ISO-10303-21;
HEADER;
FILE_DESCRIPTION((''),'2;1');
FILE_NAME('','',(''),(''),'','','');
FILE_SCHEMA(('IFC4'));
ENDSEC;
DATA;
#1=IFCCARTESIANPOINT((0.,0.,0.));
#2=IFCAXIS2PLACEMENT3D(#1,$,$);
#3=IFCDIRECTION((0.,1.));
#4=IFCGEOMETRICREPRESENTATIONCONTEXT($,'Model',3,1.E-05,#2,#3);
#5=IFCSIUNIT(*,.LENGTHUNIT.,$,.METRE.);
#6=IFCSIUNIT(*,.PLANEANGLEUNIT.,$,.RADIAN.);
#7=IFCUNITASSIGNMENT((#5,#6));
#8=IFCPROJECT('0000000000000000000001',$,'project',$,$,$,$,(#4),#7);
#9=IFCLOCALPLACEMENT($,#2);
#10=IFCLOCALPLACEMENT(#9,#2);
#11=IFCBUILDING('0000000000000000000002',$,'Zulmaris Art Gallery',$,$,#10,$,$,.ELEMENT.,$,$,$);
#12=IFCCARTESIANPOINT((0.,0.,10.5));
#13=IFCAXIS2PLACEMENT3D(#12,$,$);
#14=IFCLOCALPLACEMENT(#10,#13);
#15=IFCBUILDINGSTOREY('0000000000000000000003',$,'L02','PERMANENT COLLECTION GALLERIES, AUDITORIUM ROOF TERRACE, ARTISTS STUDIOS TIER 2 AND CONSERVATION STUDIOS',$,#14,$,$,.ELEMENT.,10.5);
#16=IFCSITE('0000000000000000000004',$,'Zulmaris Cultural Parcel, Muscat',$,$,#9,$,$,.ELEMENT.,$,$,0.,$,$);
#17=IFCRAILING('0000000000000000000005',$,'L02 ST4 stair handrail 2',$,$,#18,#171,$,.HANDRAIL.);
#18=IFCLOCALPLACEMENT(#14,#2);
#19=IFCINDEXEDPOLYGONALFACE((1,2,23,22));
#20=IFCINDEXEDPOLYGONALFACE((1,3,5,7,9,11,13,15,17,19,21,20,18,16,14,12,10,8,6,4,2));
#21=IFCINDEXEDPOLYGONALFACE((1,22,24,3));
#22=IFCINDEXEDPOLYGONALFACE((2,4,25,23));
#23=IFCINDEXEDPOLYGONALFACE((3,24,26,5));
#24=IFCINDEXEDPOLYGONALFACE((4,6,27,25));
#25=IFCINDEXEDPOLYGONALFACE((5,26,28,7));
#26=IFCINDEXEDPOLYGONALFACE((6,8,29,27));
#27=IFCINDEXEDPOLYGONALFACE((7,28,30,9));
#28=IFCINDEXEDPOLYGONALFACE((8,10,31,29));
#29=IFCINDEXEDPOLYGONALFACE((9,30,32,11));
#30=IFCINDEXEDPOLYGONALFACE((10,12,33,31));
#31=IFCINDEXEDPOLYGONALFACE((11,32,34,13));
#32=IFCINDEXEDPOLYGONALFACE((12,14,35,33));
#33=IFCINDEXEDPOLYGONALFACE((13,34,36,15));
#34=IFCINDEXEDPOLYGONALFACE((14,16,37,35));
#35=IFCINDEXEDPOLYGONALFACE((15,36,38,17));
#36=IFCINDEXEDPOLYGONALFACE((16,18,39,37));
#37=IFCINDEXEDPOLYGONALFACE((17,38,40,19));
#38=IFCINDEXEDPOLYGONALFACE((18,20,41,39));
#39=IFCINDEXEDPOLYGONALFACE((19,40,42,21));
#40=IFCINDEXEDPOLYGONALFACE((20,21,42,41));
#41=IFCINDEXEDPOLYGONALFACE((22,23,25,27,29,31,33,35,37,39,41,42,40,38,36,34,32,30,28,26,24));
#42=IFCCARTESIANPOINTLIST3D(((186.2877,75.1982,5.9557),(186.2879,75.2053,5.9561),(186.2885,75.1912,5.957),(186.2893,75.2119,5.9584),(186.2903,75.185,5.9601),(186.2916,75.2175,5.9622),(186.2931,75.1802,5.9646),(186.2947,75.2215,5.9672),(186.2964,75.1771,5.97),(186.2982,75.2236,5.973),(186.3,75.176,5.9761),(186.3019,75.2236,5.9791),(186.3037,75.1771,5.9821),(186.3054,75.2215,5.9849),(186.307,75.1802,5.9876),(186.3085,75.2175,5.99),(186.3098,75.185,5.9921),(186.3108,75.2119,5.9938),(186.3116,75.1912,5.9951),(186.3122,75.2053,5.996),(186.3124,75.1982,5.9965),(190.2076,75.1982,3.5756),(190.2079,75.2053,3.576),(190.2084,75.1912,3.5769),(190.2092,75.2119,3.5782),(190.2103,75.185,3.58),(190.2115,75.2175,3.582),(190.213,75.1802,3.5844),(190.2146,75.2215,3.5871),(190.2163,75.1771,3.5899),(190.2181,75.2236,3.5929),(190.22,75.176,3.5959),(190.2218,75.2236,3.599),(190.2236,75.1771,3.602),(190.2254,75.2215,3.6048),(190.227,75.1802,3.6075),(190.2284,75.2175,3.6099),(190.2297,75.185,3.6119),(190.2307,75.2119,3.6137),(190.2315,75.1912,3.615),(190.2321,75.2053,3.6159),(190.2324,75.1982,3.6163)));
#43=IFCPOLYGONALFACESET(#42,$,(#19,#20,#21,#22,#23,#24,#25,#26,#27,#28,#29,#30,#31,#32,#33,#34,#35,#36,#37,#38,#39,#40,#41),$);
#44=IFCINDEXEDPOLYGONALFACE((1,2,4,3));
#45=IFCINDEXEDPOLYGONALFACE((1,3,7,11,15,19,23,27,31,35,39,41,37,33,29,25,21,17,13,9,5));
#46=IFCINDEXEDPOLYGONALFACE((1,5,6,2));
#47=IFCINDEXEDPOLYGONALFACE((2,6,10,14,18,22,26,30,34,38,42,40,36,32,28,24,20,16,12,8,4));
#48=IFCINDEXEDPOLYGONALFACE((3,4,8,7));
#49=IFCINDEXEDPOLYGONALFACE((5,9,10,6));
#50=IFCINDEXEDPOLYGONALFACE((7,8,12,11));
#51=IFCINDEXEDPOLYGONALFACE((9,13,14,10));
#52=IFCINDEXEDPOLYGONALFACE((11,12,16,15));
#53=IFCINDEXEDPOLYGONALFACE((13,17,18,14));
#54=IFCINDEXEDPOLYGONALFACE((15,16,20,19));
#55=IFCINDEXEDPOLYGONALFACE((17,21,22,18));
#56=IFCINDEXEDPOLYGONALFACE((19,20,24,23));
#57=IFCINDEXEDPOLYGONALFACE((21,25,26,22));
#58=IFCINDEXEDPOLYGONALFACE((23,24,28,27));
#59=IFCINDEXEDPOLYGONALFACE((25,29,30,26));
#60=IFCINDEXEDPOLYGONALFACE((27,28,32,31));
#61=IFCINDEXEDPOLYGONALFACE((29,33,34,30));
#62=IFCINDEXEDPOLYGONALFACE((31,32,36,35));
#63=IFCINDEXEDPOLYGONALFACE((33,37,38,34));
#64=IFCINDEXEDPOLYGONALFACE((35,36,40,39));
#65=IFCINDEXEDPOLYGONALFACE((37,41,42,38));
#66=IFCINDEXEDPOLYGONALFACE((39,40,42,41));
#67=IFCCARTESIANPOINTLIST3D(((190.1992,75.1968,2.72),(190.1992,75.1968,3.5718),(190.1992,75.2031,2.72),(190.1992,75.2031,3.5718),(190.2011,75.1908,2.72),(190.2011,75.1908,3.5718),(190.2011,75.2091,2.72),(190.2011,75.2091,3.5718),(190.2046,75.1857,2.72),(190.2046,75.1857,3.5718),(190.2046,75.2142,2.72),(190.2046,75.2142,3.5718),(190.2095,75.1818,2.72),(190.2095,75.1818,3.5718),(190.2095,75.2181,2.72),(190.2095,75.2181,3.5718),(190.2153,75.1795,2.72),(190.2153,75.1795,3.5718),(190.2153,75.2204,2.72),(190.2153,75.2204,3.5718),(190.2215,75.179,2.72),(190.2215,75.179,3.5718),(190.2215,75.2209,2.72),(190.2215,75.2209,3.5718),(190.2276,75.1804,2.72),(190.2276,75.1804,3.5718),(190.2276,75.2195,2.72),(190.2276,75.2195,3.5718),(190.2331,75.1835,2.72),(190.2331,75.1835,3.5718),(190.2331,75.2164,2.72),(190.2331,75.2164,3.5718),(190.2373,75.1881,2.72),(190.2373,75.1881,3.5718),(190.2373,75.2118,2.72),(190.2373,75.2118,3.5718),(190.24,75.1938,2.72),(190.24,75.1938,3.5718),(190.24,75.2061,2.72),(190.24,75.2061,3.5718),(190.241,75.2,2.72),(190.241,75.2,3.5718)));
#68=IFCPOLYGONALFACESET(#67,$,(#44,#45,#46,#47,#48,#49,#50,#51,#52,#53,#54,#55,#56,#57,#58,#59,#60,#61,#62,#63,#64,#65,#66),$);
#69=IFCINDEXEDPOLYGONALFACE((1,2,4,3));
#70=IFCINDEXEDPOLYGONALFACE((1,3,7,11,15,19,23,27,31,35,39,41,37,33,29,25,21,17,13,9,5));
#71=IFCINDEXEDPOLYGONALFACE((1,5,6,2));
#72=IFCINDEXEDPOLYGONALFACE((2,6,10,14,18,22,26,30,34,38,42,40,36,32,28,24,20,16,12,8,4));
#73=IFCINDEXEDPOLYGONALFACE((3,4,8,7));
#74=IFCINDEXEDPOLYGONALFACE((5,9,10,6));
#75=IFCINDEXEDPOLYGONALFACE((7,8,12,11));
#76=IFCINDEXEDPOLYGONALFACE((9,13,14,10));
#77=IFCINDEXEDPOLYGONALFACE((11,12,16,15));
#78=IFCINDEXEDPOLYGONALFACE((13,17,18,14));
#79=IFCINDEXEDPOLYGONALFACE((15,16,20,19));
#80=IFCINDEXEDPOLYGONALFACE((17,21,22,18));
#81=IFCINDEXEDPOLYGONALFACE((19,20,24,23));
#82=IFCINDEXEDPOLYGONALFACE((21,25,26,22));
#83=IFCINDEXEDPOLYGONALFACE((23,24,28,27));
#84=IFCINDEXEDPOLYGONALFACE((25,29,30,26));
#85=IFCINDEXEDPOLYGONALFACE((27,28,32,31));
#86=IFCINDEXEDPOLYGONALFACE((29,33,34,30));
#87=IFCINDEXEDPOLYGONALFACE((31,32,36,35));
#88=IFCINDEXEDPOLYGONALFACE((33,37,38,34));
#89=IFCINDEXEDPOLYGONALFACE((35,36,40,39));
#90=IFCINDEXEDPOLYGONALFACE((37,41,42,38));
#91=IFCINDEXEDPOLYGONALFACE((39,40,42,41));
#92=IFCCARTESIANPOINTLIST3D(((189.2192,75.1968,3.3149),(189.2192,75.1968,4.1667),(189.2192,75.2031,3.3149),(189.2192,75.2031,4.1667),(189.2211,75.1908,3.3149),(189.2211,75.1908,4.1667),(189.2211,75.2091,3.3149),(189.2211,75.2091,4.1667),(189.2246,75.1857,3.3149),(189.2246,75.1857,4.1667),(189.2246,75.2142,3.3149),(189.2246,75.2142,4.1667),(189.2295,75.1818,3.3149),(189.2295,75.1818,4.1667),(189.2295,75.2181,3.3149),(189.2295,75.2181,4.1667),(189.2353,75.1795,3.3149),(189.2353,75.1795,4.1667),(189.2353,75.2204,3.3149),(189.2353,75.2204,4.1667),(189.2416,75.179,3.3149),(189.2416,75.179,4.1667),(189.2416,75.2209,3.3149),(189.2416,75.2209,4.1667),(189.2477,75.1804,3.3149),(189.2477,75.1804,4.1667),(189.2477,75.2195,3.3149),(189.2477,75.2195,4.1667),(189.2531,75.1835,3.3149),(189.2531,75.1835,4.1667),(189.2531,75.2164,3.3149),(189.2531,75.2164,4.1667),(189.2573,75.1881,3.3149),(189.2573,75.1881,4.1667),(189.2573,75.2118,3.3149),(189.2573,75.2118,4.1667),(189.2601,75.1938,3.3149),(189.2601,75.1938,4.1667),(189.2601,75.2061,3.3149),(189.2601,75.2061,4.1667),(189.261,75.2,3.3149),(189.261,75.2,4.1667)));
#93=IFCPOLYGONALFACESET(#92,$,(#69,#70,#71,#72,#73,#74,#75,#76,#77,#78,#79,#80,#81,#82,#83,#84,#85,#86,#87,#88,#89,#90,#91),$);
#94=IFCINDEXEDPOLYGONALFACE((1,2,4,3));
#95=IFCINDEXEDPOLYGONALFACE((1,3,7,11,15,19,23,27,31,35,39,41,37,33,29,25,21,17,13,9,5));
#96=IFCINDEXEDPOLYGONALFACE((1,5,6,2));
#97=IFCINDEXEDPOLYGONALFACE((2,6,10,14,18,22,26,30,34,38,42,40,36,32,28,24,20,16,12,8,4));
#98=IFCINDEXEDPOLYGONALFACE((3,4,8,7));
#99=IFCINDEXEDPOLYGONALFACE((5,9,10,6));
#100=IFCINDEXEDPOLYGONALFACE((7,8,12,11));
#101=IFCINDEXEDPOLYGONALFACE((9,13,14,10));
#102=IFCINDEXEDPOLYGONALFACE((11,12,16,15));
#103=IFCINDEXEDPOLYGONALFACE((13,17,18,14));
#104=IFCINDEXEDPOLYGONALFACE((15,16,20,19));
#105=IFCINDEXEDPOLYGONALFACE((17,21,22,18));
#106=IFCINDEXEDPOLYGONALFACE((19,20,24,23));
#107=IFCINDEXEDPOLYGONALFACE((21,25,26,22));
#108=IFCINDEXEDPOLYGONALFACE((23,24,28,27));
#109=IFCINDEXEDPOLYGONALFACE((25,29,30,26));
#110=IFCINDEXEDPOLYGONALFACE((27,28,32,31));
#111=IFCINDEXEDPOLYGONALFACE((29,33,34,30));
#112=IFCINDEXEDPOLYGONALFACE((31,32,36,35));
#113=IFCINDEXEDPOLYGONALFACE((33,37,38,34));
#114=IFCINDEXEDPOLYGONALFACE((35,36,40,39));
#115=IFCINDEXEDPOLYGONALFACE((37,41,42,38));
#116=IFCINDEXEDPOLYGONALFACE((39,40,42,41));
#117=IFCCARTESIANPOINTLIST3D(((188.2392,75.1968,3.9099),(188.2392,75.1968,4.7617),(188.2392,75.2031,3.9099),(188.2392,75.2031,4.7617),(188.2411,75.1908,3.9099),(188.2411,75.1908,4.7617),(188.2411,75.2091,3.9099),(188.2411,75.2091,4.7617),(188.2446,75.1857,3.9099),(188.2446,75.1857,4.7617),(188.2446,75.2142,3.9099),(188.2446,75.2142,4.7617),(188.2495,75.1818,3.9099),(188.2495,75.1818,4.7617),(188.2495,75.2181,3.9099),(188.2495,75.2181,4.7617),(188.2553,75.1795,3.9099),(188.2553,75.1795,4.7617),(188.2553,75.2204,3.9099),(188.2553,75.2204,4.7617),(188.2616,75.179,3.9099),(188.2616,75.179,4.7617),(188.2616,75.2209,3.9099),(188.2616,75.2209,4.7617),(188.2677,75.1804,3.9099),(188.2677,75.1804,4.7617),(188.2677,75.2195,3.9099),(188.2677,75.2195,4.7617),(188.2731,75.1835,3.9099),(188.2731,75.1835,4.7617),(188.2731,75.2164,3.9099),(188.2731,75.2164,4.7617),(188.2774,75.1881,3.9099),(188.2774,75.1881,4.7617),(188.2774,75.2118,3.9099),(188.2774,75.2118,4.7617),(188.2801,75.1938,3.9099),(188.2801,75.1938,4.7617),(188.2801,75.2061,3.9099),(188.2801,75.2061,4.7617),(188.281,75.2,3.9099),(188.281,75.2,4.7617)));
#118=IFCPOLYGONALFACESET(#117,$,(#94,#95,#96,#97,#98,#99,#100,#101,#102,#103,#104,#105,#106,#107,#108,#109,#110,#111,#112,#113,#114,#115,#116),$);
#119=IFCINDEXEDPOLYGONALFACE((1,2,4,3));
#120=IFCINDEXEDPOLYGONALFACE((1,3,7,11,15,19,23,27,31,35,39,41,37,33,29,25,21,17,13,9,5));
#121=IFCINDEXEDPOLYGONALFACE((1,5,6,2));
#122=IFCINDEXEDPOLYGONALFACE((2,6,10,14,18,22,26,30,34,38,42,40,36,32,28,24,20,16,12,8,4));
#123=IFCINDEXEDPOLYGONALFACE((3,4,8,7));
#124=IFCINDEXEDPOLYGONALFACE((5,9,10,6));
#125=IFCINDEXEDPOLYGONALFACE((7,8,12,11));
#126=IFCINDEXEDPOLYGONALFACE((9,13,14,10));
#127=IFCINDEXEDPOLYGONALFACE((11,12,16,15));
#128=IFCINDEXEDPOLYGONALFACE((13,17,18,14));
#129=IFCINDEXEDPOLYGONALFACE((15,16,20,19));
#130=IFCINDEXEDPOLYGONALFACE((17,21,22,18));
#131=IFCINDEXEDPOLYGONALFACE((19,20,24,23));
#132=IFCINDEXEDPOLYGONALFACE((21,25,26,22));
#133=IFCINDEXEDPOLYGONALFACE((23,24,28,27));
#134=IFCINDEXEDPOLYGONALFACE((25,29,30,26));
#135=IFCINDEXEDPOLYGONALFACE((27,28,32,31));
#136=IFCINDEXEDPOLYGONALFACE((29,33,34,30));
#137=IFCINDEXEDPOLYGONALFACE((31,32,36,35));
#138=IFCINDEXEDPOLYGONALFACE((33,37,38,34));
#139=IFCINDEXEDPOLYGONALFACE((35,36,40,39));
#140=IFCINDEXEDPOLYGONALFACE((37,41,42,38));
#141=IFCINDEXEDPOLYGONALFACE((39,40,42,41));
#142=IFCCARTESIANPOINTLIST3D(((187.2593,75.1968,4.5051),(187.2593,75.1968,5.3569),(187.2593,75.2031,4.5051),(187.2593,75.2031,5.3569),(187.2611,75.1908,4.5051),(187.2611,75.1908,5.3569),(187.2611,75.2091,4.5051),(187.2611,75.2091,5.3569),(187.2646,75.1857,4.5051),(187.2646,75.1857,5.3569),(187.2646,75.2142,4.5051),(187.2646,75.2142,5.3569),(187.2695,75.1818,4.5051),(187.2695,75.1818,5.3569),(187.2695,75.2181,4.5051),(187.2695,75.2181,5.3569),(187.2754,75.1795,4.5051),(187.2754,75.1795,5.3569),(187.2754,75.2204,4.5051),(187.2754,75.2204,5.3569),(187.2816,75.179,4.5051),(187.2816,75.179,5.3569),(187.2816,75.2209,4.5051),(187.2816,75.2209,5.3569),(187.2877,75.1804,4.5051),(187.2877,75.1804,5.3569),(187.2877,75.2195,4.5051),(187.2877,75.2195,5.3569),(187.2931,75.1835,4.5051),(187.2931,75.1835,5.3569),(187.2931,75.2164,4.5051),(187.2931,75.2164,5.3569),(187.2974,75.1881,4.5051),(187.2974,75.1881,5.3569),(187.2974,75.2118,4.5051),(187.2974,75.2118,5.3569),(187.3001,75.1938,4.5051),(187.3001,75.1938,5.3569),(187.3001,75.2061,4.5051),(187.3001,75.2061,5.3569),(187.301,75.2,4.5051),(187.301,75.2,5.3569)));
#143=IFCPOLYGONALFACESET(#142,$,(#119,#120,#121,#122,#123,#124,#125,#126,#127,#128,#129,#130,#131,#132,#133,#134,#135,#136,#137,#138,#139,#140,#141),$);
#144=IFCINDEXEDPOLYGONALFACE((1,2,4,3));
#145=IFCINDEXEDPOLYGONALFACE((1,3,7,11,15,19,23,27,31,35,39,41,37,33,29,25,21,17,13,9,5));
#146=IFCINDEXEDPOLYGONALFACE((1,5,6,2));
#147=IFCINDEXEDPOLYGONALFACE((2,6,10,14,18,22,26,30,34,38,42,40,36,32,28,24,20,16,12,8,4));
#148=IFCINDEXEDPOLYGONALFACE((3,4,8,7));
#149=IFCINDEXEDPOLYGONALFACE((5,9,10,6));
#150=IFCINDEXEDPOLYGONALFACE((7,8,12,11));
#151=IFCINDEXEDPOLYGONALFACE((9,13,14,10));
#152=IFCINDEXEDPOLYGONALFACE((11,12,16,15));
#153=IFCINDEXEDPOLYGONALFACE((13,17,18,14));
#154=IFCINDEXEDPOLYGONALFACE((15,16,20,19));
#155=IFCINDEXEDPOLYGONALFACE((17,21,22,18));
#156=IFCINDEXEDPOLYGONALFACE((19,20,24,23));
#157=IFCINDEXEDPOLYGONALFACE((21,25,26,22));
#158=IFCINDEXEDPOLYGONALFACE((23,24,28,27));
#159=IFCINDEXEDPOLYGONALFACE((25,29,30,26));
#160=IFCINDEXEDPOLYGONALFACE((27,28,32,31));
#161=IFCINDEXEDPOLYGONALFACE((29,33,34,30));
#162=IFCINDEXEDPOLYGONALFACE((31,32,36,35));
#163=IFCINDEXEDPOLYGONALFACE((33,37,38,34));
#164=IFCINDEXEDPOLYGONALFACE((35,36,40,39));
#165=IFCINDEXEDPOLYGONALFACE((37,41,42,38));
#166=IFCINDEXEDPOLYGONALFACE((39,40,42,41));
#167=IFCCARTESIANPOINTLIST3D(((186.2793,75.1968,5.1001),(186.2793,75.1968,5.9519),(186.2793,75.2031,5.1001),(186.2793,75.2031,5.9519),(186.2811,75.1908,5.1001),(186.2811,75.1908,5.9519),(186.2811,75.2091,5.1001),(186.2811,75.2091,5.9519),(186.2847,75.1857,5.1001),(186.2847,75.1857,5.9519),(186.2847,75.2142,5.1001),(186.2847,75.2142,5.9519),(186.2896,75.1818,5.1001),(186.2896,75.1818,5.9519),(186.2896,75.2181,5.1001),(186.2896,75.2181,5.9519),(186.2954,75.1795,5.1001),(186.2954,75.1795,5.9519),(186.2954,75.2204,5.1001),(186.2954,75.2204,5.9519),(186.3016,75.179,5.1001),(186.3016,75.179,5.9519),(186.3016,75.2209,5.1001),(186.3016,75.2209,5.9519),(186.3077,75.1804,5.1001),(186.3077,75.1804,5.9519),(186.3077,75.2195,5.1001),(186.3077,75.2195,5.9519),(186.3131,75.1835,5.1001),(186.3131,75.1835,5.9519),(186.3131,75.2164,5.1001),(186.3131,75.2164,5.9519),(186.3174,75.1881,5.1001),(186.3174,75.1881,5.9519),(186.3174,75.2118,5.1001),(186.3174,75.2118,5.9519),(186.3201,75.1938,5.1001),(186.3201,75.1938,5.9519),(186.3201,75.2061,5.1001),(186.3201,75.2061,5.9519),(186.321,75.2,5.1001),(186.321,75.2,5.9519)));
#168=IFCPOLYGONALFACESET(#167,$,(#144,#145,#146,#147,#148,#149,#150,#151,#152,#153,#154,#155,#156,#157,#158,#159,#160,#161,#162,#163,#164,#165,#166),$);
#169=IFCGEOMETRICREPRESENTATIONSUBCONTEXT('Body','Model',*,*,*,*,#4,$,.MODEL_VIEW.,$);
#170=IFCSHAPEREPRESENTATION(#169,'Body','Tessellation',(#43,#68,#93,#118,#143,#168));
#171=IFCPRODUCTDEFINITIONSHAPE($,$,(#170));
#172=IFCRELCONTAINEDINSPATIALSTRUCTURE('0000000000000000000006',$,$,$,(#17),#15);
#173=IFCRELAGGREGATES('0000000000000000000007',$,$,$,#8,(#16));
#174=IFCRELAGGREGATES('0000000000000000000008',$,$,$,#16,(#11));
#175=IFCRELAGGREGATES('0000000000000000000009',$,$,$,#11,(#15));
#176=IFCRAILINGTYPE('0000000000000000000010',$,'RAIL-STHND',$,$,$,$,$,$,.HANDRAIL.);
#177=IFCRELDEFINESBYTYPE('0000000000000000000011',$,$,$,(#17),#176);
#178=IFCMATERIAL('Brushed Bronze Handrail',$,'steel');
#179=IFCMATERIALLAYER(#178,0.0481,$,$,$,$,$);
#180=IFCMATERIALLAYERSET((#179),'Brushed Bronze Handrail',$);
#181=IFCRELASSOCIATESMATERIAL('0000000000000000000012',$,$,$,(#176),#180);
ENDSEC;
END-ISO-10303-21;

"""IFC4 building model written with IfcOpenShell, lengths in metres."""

from ifc_helpers import new_model, si_unit, direction, frame, origin, origin_2d, place, context, subcontext, project, spatial, circle, extrude, material, layer, layer_set, type_object, element, save


model = new_model("IFC4")

# Units and contexts
model_context = context("Model", 3, precision=1e-05, world=origin(), true_north=direction((0.0, 1.0)))
body_context = subcontext(model_context, "Body", "Model", "MODEL_VIEW")
ifc_project = project(units=[si_unit("LENGTHUNIT", "METRE"), si_unit("PLANEANGLEUNIT", "RADIAN")], contexts=[model_context])

# Site, building, storey
site_placement = place(None, origin())
site = spatial("IfcSite", under=ifc_project, at=site_placement, Name="Zulmaris Cultural Parcel, Muscat", CompositionType="ELEMENT", RefElevation=0.0)
building_placement = place(site_placement, origin())
building = spatial("IfcBuilding", under=site, at=building_placement, Name="Zulmaris Art Gallery", CompositionType="ELEMENT")
storey_placement = place(building_placement, frame((0.0, 0.0, 10.5)))
storey = spatial("IfcBuildingStorey", under=building, at=storey_placement, Name="L02", Description="PERMANENT COLLECTION GALLERIES, AUDITORIUM ROOF TERRACE, ARTISTS STUDIOS TIER 2 AND CONSERVATION STUDIOS", CompositionType="ELEMENT", Elevation=10.5)

# Railing
ifc_material_1 = material(Name="Brushed Bronze Handrail", Category="steel")
ifc_layer_1 = layer(ifc_material_1, 0.0481)
ifc_layer_set_1 = layer_set([ifc_layer_1], Name="Brushed Bronze Handrail")
railing_type_1 = type_object("IfcRailingType", Name="RAIL-STHND", PredefinedType="HANDRAIL", material=ifc_layer_set_1)
railing_1_placement = place(storey_placement, frame((190.22, 75.2, 2.72)))
element("IfcRailing", 1, at=railing_1_placement, inside=storey, type_object=railing_type_1, Name="L02 ST4 stair handrail 2", PredefinedType="HANDRAIL", context=body_context, shape_type="SweptSolid", body=[
    extrude(circle(Radius=0.0239, at=origin_2d()), frame((0.0, 0.0, 0.876), z_axis=(-0.854771, 0.0, 0.519006), x_axis=(0.0, -1.0, 0.0)), (0.0, 0.0, 1.0), 4.5859),
    extrude(circle(Radius=0.021, at=origin_2d()), origin(), (0.0, 0.0, 1.0), 0.8518),
    extrude(circle(Radius=0.021, at=origin_2d()), frame((-0.98, 0.0, 0.595)), (0.0, 0.0, 1.0), 0.8518),
    extrude(circle(Radius=0.021, at=origin_2d()), frame((-1.96, 0.0, 1.1899)), (0.0, 0.0, 1.0), 0.8518),
    extrude(circle(Radius=0.021, at=origin_2d()), frame((-2.9399, 0.0, 1.7852)), (0.0, 0.0, 1.0), 0.8518),
    extrude(circle(Radius=0.021, at=origin_2d()), frame((-3.9199, 0.0, 2.3801)), (0.0, 0.0, 1.0), 0.8518),
])

save(model, "model.ifc")
